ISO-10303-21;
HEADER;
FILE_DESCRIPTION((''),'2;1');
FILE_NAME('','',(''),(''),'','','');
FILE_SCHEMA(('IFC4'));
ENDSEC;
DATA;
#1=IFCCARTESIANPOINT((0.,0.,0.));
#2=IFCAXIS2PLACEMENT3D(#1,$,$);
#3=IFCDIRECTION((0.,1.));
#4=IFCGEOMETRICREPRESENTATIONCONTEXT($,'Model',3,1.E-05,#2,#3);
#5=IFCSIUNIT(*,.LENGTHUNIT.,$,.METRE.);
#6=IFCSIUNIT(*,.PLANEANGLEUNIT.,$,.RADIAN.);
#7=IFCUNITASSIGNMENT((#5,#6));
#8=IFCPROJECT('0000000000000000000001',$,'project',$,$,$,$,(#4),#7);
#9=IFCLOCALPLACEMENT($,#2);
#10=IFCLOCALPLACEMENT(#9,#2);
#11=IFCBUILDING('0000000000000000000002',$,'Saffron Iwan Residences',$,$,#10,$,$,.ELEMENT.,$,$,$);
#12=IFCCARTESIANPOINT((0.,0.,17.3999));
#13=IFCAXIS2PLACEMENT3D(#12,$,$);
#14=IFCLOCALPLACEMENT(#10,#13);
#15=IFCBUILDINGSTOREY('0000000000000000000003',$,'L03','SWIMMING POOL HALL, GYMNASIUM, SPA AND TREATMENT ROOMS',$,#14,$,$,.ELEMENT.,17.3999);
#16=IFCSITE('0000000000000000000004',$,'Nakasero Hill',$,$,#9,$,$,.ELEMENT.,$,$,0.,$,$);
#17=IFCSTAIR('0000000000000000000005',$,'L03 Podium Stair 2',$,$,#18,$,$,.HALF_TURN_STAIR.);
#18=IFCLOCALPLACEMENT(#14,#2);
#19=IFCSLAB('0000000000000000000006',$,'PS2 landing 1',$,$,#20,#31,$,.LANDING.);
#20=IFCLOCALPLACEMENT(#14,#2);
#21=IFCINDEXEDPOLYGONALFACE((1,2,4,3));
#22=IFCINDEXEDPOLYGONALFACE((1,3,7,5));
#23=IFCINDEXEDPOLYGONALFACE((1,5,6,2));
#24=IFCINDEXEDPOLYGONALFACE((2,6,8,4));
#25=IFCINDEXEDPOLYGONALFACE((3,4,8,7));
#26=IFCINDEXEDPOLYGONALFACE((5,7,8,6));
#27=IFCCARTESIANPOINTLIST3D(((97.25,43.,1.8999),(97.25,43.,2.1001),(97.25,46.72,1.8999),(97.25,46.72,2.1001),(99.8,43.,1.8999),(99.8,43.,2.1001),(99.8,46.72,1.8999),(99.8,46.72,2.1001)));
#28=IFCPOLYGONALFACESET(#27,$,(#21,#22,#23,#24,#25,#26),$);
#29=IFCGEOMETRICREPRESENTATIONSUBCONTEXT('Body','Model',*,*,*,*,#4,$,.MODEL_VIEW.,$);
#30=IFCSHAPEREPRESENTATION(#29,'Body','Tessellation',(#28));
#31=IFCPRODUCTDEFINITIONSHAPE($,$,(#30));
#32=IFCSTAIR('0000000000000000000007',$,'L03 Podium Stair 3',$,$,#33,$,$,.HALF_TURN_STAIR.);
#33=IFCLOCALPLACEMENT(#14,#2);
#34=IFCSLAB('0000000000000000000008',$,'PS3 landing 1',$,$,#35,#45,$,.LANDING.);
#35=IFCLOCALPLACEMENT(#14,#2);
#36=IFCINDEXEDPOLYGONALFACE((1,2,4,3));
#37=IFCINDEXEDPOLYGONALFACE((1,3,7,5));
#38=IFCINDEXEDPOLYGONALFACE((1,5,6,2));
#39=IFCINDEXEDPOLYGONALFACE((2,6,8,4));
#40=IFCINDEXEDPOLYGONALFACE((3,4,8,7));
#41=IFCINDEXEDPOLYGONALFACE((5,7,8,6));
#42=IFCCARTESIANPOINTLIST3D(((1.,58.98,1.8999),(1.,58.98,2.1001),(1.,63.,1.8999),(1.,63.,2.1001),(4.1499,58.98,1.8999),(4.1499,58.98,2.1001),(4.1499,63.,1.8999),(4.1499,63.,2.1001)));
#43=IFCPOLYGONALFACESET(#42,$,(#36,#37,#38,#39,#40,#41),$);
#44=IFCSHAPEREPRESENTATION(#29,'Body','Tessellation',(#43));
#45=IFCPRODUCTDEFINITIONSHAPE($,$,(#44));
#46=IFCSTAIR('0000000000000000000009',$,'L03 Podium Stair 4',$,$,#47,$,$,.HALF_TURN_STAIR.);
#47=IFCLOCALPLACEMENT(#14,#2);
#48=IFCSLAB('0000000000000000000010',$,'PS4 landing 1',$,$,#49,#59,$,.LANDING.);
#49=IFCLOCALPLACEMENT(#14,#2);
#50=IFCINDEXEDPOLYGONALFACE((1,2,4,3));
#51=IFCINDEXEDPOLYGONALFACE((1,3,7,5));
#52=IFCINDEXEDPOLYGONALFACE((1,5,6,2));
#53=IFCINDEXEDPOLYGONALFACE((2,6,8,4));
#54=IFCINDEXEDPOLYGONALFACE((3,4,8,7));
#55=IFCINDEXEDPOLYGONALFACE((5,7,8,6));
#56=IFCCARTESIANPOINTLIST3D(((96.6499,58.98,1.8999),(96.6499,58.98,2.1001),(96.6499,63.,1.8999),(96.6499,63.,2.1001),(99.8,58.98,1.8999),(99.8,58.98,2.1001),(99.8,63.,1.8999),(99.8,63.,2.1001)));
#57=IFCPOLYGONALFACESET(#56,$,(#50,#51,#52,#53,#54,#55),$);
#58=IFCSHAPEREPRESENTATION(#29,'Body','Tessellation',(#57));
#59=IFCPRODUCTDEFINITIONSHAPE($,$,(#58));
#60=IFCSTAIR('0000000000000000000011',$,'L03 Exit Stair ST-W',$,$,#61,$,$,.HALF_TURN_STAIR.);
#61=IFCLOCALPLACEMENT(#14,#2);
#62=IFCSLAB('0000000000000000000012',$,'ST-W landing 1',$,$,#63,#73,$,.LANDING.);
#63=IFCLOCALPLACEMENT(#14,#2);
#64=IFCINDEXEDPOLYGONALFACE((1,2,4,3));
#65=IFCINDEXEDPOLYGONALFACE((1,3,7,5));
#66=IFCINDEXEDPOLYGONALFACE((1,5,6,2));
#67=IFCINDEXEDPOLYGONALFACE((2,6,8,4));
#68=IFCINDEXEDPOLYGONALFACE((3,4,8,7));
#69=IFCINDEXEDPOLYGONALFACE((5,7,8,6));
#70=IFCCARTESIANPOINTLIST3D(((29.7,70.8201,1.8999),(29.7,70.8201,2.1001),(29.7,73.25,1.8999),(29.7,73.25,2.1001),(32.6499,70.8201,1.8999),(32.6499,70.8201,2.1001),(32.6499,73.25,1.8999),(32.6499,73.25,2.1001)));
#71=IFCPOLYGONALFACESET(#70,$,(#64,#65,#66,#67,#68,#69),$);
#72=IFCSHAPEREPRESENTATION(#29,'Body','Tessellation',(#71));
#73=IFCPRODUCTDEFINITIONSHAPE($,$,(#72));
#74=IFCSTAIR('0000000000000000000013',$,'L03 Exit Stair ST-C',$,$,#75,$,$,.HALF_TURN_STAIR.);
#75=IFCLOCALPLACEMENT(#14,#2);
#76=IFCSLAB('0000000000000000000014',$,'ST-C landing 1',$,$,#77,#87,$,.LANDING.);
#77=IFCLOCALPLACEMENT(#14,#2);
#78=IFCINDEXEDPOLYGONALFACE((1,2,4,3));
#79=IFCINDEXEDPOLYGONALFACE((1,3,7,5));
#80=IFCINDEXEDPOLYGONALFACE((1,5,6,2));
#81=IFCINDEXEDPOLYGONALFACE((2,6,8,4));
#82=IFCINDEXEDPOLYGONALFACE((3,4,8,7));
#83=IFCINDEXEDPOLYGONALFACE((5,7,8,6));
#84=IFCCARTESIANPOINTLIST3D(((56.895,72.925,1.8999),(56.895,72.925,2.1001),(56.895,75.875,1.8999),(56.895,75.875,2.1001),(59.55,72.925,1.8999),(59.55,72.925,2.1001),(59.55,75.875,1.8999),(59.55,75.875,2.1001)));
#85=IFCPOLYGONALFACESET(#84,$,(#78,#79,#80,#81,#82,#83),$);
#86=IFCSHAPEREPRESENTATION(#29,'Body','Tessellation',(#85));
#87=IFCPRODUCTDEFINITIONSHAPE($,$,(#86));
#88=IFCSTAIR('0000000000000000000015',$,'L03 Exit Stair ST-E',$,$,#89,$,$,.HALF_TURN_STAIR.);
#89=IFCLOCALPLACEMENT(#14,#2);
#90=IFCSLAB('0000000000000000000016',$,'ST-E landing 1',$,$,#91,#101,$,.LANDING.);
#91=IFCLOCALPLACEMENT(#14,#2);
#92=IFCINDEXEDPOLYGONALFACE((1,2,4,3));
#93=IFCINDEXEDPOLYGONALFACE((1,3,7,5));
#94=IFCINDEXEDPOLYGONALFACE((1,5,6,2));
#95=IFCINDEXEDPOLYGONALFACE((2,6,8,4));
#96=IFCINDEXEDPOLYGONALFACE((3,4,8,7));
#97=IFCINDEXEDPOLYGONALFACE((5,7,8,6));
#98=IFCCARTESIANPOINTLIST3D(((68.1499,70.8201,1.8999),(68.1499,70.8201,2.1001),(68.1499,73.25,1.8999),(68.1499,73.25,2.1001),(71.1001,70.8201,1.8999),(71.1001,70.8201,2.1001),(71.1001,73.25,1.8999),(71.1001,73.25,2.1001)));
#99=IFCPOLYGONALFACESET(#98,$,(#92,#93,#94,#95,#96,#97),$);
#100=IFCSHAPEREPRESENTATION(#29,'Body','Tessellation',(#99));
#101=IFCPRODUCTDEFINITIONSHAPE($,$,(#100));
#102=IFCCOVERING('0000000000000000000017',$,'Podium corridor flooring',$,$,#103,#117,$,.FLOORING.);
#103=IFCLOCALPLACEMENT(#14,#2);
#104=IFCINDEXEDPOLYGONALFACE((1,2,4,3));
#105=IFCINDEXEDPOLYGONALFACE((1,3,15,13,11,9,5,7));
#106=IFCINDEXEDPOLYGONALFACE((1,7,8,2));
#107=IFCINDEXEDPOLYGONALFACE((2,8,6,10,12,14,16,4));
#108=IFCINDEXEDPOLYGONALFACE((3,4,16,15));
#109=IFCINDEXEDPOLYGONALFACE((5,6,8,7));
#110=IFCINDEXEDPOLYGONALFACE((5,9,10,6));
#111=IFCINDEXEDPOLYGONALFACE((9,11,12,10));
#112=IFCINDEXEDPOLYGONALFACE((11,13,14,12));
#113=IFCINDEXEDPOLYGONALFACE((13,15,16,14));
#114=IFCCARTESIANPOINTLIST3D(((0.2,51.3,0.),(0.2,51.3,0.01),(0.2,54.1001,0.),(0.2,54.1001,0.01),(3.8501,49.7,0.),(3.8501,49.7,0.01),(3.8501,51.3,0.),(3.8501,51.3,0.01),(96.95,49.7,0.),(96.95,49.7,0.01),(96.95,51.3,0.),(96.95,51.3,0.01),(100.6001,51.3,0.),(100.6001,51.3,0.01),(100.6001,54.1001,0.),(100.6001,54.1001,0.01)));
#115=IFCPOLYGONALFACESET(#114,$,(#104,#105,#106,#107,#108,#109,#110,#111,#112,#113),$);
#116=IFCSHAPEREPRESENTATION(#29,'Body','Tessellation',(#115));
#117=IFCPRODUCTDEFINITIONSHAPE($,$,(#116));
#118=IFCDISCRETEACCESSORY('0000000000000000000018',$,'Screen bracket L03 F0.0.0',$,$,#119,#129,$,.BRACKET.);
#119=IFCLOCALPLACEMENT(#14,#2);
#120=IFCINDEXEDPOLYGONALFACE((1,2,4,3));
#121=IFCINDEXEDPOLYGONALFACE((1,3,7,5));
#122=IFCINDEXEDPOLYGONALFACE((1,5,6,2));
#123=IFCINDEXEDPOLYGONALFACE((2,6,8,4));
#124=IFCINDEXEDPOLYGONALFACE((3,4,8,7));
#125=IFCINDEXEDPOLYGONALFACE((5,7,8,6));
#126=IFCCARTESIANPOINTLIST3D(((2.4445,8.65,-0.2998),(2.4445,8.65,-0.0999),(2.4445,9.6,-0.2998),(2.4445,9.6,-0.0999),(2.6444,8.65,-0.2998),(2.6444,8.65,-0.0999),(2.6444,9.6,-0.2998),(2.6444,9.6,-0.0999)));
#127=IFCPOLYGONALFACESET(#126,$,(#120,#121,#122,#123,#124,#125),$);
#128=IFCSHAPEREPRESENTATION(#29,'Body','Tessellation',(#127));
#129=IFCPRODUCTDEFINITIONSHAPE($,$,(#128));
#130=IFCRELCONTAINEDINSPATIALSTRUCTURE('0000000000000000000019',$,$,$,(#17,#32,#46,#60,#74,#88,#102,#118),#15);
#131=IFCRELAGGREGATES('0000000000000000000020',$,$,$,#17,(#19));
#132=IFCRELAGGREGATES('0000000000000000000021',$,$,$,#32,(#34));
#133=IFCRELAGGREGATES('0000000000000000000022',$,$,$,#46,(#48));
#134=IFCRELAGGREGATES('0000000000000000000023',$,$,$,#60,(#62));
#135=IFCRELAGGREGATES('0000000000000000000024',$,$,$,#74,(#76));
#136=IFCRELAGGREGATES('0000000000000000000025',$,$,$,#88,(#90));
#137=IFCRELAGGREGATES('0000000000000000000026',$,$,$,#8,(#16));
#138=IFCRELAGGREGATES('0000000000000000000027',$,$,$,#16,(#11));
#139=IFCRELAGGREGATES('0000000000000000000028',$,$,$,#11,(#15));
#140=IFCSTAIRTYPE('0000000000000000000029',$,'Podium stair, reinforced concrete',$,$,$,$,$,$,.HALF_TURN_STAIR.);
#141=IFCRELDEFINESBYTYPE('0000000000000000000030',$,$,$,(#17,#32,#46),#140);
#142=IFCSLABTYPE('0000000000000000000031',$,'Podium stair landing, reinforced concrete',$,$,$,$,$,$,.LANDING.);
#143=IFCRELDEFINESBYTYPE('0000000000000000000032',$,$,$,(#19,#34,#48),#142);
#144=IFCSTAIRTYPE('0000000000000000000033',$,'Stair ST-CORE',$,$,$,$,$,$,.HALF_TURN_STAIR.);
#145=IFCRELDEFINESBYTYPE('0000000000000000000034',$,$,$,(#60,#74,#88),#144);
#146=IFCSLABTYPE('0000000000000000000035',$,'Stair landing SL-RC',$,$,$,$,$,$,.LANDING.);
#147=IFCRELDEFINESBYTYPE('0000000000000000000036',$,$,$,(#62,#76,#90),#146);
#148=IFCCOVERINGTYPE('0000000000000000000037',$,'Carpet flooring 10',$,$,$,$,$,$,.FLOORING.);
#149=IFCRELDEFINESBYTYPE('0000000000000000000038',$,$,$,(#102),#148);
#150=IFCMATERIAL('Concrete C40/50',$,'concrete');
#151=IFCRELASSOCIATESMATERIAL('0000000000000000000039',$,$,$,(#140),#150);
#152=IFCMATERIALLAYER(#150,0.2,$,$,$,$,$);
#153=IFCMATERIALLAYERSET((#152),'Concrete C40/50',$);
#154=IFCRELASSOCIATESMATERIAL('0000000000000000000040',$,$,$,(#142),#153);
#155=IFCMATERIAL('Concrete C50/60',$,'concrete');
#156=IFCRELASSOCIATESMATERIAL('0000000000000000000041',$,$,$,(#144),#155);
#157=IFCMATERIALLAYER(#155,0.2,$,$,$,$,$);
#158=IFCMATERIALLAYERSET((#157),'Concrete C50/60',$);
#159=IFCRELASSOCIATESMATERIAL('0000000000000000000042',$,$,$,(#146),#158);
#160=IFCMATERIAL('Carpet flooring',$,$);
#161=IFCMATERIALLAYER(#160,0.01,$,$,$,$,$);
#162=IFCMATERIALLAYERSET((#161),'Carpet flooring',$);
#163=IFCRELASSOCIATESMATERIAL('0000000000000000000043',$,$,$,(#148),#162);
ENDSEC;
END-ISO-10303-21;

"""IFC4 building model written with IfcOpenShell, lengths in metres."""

from ifc_helpers import new_model, si_unit, direction, frame, origin, origin_2d, place, context, subcontext, project, spatial, polyline, rectangle, outline, extrude, source, transform, mapped, material, layer, layer_set, type_object, element, aggregate, save


model = new_model("IFC4")

# Units and contexts
model_context = context("Model", 3, precision=1e-05, world=origin(), true_north=direction((0.0, 1.0)))
body_context = subcontext(model_context, "Body", "Model", "MODEL_VIEW")
ifc_project = project(units=[si_unit("LENGTHUNIT", "METRE"), si_unit("PLANEANGLEUNIT", "RADIAN")], contexts=[model_context])

# Site, building, storey
site_placement = place(None, origin())
site = spatial("IfcSite", under=ifc_project, at=site_placement, Name="Nakasero Hill", CompositionType="ELEMENT", RefElevation=0.0)
building_placement = place(site_placement, origin())
building = spatial("IfcBuilding", under=site, at=building_placement, Name="Saffron Iwan Residences", CompositionType="ELEMENT")
storey_placement = place(building_placement, frame((0.0, 0.0, 17.3999)))
storey = spatial("IfcBuildingStorey", under=building, at=storey_placement, Name="L03", Description="SWIMMING POOL HALL, GYMNASIUM, SPA AND TREATMENT ROOMS", CompositionType="ELEMENT", Elevation=17.3999)

# Shared definitions
ifc_material_1 = material(Name="Concrete C40/50", Category="concrete")

# Stairs, slabs
stair_type_1 = type_object("IfcStairType", Name="Podium stair, reinforced concrete", PredefinedType="HALF_TURN_STAIR", material=ifc_material_1)
ifc_layer_1 = layer(ifc_material_1, 0.2)
ifc_layer_set_1 = layer_set([ifc_layer_1], Name="Concrete C40/50")
slab_type_1 = type_object("IfcSlabType", Name="Podium stair landing, reinforced concrete", PredefinedType="LANDING", material=ifc_layer_set_1)
stair_1_placement = place(storey_placement, origin())
stair_1 = element("IfcStair", 1, at=stair_1_placement, inside=storey, type_object=stair_type_1, Name="L03 Podium Stair 2", PredefinedType="HALF_TURN_STAIR")
slab_1_placement = place(storey_placement, frame((0.0, 0.0, 1.8999)))
slab_1 = element("IfcSlab", 2, at=slab_1_placement, type_object=slab_type_1, Name="PS2 landing 1", PredefinedType="LANDING", context=body_context, shape_type="SweptSolid", body=[
    extrude(outline(polyline([(97.25, 46.72), (97.25, 43.0), (99.8, 43.0), (99.8, 46.72), (97.25, 46.72)])), origin(), (0.0, 0.0, 1.0), 0.2002),
])
aggregate(stair_1, [slab_1])
stair_2_placement = place(storey_placement, origin())
stair_2 = element("IfcStair", 3, at=stair_2_placement, inside=storey, type_object=stair_type_1, Name="L03 Podium Stair 3", PredefinedType="HALF_TURN_STAIR")
slab_2_placement = place(storey_placement, frame((0.0, 0.0, 1.8999)))
slab_2 = element("IfcSlab", 4, at=slab_2_placement, type_object=slab_type_1, Name="PS3 landing 1", PredefinedType="LANDING", context=body_context, shape_type="SweptSolid", body=[
    extrude(outline(polyline([(4.1499, 58.98), (4.1499, 63.0), (1.0, 63.0), (1.0, 58.98), (4.1499, 58.98)])), origin(), (0.0, 0.0, 1.0), 0.2002),
])
aggregate(stair_2, [slab_2])
stair_3_placement = place(storey_placement, origin())
stair_3 = element("IfcStair", 5, at=stair_3_placement, inside=storey, type_object=stair_type_1, Name="L03 Podium Stair 4", PredefinedType="HALF_TURN_STAIR")
slab_3_placement = place(storey_placement, frame((0.0, 0.0, 1.8999)))
slab_3 = element("IfcSlab", 6, at=slab_3_placement, type_object=slab_type_1, Name="PS4 landing 1", PredefinedType="LANDING", context=body_context, shape_type="SweptSolid", body=[
    extrude(outline(polyline([(99.8, 58.98), (99.8, 63.0), (96.6499, 63.0), (96.6499, 58.98), (99.8, 58.98)])), origin(), (0.0, 0.0, 1.0), 0.2002),
])
aggregate(stair_3, [slab_3])
ifc_material_2 = material(Name="Concrete C50/60", Category="concrete")
stair_type_2 = type_object("IfcStairType", Name="Stair ST-CORE", PredefinedType="HALF_TURN_STAIR", material=ifc_material_2)
stair_4_placement = place(storey_placement, origin())
stair_4 = element("IfcStair", 7, at=stair_4_placement, inside=storey, type_object=stair_type_2, Name="L03 Exit Stair ST-W", PredefinedType="HALF_TURN_STAIR")
ifc_layer_2 = layer(ifc_material_2, 0.2)
ifc_layer_set_2 = layer_set([ifc_layer_2], Name="Concrete C50/60")
slab_type_2 = type_object("IfcSlabType", Name="Stair landing SL-RC", PredefinedType="LANDING", material=ifc_layer_set_2)
slab_4_placement = place(storey_placement, frame((0.0, 0.0, 1.8999)))
slab_4 = element("IfcSlab", 8, at=slab_4_placement, type_object=slab_type_2, Name="ST-W landing 1", PredefinedType="LANDING", context=body_context, shape_type="SweptSolid", body=[
    extrude(outline(polyline([(32.6499, 70.8201), (32.6499, 73.25), (29.7, 73.25), (29.7, 70.8201), (32.6499, 70.8201)])), origin(), (0.0, 0.0, 1.0), 0.2002),
])
aggregate(stair_4, [slab_4])
stair_5_placement = place(storey_placement, origin())
stair_5 = element("IfcStair", 9, at=stair_5_placement, inside=storey, type_object=stair_type_2, Name="L03 Exit Stair ST-C", PredefinedType="HALF_TURN_STAIR")
slab_5_placement = place(storey_placement, frame((0.0, 0.0, 1.8999)))
slab_5 = element("IfcSlab", 10, at=slab_5_placement, type_object=slab_type_2, Name="ST-C landing 1", PredefinedType="LANDING", context=body_context, shape_type="SweptSolid", body=[
    extrude(outline(polyline([(56.895, 72.925), (59.55, 72.925), (59.55, 75.875), (56.895, 75.875), (56.895, 72.925)])), origin(), (0.0, 0.0, 1.0), 0.2002),
])
aggregate(stair_5, [slab_5])
stair_6_placement = place(storey_placement, origin())
stair_6 = element("IfcStair", 11, at=stair_6_placement, inside=storey, type_object=stair_type_2, Name="L03 Exit Stair ST-E", PredefinedType="HALF_TURN_STAIR")
slab_6_placement = place(storey_placement, frame((0.0, 0.0, 1.8999)))
slab_6 = element("IfcSlab", 12, at=slab_6_placement, type_object=slab_type_2, Name="ST-E landing 1", PredefinedType="LANDING", context=body_context, shape_type="SweptSolid", body=[
    extrude(outline(polyline([(71.1001, 70.8201), (71.1001, 73.25), (68.1499, 73.25), (68.1499, 70.8201), (71.1001, 70.8201)])), origin(), (0.0, 0.0, 1.0), 0.2002),
])
aggregate(stair_6, [slab_6])

# Covering
ifc_material_3 = material(Name="Carpet flooring")
ifc_layer_3 = layer(ifc_material_3, 0.01)
ifc_layer_set_3 = layer_set([ifc_layer_3], Name="Carpet flooring")
covering_type_1 = type_object("IfcCoveringType", Name="Carpet flooring 10", PredefinedType="FLOORING", material=ifc_layer_set_3)
covering_1_placement = place(storey_placement, origin())
element("IfcCovering", 13, at=covering_1_placement, inside=storey, type_object=covering_type_1, Name="Podium corridor flooring", PredefinedType="FLOORING", context=body_context, shape_type="SweptSolid", body=[
    extrude(outline(polyline([(100.6001, 51.3), (96.95, 51.3), (96.95, 49.7), (3.8501, 49.7), (3.8501, 51.3), (0.2, 51.3), (0.2, 54.1001), (100.6001, 54.1001), (100.6001, 51.3)])), origin(), (0.0, 0.0, 1.0), 0.01),
])

# Discrete accessory
shared_shape = source(origin(), body_context, "Body", "SweptSolid", [
    extrude(rectangle(XDim=0.95, YDim=0.2, at=origin_2d()), origin(), (0.0, 0.0, 1.0), 0.2),
])
discrete_accessory_placement = place(storey_placement, frame((2.5444, 9.125, -0.2998), z_axis=(0.0, 0.0, 1.0), x_axis=(0.0, -1.0, 0.0)))
element("IfcDiscreteAccessory", 14, at=discrete_accessory_placement, inside=storey, Name="Screen bracket L03 F0.0.0", PredefinedType="BRACKET", context=body_context, shape_type="MappedRepresentation", body=[
    mapped(shared_shape, transform((0.0, 0.0, 0.0))),
])

save(model, "model.ifc")
